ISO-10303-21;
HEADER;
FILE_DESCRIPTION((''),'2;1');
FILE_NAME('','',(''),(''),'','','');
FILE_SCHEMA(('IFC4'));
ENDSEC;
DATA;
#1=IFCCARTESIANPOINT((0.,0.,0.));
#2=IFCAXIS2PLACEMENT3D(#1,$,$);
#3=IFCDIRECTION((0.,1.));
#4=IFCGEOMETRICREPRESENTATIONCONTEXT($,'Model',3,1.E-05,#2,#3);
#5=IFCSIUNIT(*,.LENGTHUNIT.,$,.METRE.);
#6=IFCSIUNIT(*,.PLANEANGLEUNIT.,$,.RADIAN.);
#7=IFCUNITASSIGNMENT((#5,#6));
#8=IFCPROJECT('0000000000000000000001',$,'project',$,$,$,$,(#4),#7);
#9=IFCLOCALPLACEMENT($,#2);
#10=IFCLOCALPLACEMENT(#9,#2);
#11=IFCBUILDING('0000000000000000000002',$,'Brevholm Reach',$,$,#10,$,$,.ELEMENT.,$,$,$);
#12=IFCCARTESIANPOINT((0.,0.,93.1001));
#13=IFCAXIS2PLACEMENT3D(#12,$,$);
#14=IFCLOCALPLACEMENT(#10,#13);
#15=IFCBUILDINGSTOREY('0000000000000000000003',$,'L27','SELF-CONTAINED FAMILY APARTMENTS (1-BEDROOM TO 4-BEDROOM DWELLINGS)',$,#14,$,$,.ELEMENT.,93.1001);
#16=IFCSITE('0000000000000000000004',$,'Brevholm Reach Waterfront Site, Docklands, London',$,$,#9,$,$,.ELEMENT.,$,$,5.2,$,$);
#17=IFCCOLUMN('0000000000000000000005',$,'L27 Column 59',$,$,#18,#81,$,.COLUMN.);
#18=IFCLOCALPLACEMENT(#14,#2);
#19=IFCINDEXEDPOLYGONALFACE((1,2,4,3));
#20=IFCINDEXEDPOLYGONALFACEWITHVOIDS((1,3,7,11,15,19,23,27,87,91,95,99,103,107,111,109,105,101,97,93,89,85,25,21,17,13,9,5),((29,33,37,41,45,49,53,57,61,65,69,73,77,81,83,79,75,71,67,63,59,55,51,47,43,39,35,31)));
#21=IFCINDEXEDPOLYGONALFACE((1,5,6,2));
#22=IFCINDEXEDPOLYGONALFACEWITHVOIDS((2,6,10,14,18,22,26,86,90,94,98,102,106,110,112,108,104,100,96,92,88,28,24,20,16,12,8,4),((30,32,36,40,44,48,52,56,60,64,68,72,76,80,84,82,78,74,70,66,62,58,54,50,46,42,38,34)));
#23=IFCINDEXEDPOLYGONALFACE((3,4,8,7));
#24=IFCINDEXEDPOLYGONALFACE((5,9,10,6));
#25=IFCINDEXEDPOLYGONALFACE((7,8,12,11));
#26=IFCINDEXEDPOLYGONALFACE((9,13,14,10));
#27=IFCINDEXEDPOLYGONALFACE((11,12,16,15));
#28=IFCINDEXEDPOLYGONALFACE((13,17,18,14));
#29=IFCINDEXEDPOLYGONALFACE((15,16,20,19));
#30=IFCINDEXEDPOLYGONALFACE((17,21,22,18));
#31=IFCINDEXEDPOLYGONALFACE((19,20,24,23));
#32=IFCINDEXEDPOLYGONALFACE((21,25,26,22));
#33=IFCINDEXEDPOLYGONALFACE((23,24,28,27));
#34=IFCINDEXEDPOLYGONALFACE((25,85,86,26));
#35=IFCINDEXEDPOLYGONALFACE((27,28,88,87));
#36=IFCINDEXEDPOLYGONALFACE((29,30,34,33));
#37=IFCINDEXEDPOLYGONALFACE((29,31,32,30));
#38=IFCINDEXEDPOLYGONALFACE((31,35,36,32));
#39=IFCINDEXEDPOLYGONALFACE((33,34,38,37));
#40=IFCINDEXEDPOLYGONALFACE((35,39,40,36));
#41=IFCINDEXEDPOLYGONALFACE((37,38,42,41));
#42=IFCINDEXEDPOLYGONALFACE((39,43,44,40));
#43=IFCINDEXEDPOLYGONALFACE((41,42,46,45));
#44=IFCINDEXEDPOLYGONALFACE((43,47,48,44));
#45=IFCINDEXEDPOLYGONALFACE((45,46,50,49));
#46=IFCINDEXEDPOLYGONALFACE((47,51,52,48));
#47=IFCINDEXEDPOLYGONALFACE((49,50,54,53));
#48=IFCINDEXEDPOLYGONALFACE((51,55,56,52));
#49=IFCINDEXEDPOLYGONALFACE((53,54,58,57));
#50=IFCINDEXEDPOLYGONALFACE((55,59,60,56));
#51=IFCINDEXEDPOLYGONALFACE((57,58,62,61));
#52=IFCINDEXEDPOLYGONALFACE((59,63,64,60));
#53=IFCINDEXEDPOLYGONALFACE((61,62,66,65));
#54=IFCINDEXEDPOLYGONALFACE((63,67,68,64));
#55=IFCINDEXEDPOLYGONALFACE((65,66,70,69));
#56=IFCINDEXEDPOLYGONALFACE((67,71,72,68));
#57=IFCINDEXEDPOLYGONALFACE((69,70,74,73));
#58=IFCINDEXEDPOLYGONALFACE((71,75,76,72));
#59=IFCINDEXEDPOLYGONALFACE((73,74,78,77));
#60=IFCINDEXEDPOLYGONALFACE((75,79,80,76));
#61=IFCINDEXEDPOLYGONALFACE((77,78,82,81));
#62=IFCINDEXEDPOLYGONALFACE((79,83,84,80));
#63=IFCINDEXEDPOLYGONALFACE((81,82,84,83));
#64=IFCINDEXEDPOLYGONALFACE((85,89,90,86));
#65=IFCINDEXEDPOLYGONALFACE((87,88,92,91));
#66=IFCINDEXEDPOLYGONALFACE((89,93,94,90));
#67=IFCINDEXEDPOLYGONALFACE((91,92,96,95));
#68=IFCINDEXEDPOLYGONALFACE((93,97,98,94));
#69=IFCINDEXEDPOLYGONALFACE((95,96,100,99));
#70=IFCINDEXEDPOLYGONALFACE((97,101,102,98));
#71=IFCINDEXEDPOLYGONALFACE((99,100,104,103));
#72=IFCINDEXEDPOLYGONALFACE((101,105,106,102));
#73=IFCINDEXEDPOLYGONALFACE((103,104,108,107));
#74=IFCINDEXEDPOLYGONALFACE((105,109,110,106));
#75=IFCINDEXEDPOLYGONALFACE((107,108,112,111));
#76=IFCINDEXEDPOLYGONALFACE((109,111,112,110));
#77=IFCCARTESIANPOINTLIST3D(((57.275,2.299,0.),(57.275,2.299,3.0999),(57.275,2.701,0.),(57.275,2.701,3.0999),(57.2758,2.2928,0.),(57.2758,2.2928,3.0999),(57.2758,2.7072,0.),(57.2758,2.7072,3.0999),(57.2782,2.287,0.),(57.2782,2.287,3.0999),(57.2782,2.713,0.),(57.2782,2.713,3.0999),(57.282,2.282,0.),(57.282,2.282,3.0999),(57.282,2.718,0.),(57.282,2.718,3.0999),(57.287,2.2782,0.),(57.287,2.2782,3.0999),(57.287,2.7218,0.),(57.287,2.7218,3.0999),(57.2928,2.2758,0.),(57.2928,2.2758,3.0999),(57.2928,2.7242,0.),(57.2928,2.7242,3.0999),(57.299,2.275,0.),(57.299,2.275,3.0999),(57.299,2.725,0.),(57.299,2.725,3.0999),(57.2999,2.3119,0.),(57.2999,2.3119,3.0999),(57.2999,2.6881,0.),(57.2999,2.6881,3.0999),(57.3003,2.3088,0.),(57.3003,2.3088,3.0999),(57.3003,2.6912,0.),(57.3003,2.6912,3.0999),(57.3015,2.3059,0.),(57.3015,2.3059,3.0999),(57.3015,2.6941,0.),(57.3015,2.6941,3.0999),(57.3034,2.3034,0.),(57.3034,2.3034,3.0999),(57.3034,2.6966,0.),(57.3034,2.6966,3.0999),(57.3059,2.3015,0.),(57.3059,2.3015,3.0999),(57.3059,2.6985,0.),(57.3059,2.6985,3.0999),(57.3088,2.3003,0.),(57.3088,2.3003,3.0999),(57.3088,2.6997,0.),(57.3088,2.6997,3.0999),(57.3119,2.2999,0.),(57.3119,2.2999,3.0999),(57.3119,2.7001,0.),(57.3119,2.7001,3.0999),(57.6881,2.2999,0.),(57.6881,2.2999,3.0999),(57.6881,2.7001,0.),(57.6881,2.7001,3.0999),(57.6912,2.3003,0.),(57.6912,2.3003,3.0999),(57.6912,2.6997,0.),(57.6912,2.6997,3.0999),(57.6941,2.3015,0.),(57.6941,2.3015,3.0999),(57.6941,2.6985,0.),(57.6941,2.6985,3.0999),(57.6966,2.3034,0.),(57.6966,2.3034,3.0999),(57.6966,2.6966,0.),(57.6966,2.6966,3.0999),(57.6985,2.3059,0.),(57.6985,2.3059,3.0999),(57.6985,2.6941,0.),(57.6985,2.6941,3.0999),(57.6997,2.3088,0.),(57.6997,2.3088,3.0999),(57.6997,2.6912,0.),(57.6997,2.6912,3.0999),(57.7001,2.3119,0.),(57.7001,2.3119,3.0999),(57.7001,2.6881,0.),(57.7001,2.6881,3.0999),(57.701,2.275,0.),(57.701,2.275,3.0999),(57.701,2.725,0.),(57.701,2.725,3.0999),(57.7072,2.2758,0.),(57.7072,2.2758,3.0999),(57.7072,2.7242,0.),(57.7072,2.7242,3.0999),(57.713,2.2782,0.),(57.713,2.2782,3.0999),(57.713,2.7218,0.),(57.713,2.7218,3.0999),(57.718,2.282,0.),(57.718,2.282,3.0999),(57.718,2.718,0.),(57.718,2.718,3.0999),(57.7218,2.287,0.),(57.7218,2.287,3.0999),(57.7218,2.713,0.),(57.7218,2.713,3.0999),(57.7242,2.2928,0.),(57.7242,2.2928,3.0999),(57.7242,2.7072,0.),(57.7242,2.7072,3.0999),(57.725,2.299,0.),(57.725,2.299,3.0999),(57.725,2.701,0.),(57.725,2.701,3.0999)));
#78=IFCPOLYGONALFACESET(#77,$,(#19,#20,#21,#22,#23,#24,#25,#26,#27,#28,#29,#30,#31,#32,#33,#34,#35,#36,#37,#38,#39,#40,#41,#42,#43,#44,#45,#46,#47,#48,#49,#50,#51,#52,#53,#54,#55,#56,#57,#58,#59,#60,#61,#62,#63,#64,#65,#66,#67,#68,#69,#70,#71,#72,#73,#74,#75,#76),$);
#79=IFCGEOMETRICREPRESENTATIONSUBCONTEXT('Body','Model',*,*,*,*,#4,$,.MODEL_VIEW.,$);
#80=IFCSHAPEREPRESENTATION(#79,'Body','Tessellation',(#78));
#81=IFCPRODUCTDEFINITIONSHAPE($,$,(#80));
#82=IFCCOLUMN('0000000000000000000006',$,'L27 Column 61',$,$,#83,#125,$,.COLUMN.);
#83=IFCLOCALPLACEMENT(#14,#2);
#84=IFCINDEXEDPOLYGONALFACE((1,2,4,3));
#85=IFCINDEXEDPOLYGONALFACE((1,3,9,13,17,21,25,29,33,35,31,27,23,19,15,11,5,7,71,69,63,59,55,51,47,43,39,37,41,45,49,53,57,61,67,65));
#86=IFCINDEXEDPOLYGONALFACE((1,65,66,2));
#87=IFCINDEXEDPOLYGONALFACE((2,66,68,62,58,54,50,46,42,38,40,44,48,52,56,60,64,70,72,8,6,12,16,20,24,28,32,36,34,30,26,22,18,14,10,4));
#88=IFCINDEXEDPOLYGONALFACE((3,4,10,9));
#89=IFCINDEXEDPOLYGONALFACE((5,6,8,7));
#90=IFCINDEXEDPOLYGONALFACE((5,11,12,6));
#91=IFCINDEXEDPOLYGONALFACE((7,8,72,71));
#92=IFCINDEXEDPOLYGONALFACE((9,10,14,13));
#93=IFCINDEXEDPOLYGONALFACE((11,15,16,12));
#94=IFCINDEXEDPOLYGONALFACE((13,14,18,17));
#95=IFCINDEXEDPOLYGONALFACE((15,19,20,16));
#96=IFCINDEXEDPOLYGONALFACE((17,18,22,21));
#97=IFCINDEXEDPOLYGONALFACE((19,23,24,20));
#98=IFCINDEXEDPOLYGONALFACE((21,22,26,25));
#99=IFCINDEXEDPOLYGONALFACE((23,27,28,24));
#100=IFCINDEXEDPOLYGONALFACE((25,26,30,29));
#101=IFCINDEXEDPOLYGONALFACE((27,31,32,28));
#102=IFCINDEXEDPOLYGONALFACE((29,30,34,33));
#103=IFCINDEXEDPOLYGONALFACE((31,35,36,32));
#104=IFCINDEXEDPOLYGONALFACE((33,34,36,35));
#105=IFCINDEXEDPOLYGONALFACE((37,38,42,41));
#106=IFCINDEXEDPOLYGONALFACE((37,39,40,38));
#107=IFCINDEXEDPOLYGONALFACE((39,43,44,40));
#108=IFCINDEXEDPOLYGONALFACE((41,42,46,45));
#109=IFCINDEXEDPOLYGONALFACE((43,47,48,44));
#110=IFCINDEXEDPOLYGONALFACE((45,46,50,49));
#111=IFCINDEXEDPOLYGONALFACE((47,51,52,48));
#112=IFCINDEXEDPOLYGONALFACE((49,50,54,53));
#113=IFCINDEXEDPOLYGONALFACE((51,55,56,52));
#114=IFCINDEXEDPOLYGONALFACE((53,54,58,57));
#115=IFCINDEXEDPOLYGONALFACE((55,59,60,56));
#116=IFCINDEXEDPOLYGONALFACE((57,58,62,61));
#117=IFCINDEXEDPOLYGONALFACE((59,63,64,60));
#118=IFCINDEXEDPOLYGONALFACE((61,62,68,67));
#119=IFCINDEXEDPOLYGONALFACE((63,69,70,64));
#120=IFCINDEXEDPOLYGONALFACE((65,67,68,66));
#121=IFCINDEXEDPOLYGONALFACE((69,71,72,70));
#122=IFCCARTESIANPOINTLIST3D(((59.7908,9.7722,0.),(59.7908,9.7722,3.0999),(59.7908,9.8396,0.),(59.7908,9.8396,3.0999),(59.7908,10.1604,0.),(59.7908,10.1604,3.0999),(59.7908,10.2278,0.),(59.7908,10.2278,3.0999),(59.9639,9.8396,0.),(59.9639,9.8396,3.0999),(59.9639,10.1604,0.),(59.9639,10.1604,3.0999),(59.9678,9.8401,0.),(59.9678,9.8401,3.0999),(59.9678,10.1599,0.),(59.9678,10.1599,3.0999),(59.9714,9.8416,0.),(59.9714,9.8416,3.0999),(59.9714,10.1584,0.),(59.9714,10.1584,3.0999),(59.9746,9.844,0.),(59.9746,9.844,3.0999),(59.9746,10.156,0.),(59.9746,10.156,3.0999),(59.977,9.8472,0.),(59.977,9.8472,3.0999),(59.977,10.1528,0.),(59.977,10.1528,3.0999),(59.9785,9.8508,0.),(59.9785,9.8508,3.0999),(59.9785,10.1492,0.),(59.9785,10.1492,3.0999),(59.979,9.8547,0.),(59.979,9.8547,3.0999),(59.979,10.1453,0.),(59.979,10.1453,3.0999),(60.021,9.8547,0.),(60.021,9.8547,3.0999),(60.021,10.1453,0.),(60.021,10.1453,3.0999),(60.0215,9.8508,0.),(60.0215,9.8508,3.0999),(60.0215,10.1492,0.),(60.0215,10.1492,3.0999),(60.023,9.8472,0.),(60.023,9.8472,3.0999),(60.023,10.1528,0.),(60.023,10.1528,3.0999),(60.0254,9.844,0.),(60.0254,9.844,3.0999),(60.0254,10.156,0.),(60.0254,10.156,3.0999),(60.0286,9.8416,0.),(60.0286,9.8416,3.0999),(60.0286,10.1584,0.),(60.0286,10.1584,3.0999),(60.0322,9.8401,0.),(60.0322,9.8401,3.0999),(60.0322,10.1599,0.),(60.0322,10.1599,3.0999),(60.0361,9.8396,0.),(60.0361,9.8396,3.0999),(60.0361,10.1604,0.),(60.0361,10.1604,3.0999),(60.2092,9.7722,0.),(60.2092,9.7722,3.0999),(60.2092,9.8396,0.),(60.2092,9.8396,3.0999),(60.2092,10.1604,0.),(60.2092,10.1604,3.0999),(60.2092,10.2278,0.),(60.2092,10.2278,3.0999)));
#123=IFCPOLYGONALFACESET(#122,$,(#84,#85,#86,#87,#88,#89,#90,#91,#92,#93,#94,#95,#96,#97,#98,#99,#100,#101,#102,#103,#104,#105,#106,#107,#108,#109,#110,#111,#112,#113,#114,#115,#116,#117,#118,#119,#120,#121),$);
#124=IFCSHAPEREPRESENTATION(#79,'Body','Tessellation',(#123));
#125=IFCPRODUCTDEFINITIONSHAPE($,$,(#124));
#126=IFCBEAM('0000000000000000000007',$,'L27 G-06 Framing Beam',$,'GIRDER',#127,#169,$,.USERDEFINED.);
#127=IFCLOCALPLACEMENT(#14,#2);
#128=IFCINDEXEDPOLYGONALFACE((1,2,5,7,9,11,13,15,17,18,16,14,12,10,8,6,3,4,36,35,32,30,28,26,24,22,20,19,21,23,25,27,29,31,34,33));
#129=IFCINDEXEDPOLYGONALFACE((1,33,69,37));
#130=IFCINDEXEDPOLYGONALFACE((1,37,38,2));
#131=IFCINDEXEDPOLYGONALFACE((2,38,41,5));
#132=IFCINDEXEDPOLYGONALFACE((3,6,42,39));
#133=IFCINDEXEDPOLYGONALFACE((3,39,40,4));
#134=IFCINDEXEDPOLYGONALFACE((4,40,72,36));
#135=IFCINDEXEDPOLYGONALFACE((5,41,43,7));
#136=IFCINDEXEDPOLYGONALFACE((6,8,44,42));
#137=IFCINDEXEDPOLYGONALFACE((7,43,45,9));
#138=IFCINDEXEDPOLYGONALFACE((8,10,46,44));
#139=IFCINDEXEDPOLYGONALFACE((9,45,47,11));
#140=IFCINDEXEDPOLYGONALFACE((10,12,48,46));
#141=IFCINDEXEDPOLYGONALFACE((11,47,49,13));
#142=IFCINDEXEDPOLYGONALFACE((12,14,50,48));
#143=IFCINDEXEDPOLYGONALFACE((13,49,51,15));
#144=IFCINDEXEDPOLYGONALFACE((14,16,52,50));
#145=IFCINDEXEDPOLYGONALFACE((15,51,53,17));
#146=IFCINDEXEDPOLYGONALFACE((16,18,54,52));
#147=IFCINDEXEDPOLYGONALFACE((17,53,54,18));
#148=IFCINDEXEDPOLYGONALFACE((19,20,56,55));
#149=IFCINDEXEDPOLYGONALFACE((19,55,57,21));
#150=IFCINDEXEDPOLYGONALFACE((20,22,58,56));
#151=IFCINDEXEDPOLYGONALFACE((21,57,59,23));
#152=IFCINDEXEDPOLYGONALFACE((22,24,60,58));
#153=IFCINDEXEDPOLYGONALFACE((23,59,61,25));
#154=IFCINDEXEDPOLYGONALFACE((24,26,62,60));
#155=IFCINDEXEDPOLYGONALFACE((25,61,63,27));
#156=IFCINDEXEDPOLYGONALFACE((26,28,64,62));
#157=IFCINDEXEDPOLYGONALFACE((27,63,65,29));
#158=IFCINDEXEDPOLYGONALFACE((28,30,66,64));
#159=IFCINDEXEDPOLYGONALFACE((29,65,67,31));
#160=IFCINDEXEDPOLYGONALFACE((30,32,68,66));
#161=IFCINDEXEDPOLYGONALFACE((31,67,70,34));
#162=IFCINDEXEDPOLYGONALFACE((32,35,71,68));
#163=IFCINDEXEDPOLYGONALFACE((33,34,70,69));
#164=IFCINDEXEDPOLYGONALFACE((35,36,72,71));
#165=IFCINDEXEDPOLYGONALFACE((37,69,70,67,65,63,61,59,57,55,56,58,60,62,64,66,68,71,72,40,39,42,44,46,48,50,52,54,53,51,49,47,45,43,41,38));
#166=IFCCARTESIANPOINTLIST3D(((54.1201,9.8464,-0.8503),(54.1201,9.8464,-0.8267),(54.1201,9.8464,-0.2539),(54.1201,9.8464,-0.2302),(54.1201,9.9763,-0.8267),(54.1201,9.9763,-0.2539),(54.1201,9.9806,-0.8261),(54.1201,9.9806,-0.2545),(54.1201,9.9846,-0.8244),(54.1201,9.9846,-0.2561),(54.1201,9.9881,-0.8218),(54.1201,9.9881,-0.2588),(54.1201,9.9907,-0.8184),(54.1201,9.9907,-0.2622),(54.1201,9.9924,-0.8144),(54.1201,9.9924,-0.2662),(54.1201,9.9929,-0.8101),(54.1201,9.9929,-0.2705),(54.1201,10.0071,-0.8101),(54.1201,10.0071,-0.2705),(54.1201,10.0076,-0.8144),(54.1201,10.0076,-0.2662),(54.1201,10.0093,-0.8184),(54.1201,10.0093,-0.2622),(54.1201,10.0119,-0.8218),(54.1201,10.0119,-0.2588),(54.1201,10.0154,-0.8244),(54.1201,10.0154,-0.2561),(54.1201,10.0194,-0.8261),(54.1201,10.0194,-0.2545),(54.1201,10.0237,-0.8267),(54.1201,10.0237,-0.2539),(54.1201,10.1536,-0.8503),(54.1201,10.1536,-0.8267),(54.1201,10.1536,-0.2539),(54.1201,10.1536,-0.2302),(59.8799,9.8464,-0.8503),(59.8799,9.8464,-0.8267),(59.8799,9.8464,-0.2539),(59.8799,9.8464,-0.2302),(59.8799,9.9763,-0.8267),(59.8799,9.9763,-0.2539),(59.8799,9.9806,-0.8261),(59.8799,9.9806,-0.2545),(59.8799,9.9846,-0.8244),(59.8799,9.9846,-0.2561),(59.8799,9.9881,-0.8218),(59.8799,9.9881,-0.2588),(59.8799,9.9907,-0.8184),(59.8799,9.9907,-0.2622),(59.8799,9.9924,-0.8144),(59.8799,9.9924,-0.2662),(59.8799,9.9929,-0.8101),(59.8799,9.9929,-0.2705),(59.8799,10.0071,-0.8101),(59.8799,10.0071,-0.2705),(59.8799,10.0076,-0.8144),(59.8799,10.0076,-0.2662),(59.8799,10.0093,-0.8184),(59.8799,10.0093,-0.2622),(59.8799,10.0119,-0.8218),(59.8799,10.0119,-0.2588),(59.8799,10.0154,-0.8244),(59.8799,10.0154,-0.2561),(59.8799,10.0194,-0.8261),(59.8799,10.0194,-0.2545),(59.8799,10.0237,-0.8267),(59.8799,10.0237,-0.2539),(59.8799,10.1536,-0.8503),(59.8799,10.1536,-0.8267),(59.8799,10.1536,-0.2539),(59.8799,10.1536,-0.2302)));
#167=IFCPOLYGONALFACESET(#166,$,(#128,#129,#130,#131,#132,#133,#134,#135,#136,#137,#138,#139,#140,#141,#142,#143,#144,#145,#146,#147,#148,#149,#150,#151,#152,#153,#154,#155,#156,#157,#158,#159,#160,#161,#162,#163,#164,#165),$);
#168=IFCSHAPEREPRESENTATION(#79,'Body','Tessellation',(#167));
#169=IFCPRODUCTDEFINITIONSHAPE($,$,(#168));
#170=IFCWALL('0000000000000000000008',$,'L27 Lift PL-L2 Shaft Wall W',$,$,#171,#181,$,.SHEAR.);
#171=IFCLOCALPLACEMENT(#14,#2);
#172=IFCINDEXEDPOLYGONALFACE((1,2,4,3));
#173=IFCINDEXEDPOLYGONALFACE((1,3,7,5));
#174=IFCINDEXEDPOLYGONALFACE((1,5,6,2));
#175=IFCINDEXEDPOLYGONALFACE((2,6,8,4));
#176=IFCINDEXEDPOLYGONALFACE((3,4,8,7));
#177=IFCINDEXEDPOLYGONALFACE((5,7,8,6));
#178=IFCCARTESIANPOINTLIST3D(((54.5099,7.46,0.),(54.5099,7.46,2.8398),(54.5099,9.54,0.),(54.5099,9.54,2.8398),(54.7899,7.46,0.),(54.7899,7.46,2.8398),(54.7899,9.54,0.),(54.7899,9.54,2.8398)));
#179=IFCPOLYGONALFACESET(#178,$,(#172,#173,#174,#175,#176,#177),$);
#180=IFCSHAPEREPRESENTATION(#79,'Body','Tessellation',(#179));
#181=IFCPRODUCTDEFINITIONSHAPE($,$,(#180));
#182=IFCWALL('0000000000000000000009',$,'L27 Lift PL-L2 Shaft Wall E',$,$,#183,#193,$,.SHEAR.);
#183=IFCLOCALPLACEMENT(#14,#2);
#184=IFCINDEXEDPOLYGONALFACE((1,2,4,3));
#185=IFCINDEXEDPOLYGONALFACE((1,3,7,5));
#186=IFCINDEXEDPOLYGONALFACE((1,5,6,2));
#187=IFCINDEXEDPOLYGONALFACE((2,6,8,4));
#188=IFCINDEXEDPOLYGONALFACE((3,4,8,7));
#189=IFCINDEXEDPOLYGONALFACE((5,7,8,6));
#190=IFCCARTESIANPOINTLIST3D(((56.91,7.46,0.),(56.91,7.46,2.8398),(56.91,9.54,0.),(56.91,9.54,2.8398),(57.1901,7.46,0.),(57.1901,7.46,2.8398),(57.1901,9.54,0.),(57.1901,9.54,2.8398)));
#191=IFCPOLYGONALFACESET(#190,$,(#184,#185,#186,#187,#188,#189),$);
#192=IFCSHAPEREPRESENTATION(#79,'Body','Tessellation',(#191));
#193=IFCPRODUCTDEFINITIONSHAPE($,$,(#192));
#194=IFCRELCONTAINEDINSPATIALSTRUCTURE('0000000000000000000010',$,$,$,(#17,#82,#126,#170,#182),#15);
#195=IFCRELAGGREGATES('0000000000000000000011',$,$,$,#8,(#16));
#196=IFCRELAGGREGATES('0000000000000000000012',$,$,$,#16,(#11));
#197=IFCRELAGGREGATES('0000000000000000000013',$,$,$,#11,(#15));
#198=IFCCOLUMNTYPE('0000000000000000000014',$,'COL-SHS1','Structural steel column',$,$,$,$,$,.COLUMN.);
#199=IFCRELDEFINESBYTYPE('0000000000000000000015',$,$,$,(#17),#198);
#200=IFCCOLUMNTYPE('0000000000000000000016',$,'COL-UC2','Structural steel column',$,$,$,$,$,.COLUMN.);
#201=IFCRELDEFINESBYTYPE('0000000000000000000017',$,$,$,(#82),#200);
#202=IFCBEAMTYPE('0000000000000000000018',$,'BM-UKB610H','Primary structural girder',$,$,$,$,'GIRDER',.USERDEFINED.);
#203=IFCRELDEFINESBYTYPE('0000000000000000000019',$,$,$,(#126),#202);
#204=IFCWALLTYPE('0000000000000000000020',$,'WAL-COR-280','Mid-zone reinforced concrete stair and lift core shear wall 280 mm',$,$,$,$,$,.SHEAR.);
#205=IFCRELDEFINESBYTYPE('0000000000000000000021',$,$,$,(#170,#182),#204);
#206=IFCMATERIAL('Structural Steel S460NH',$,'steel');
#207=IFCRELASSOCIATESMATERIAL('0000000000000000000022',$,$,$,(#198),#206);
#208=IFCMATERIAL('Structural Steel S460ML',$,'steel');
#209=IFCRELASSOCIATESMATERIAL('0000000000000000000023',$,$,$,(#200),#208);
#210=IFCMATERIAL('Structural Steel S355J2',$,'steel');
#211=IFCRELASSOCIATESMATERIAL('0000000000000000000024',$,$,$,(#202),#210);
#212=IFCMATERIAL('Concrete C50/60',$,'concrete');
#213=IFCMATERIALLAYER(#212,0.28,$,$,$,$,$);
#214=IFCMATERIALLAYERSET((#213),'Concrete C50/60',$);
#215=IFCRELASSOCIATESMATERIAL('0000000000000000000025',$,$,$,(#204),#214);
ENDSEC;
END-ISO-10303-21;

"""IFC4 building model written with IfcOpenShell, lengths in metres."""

from ifc_helpers import new_model, si_unit, direction, frame, frame_2d, origin, origin_2d, place, context, subcontext, project, spatial, rectangle, hollow_rectangle, i_section, extrude, material, layer, layer_set, material_profile, profile_set, type_object, element, save


model = new_model("IFC4")

# Units and contexts
model_context = context("Model", 3, precision=1e-05, world=origin(), true_north=direction((0.0, 1.0)))
body_context = subcontext(model_context, "Body", "Model", "MODEL_VIEW")
ifc_project = project(units=[si_unit("LENGTHUNIT", "METRE"), si_unit("PLANEANGLEUNIT", "RADIAN")], contexts=[model_context])

# Site, building, storey
site_placement = place(None, origin())
site = spatial("IfcSite", under=ifc_project, at=site_placement, Name="Brevholm Reach Waterfront Site, Docklands, London", CompositionType="ELEMENT", RefElevation=5.2)
building_placement = place(site_placement, origin())
building = spatial("IfcBuilding", under=site, at=building_placement, Name="Brevholm Reach", CompositionType="ELEMENT")
storey_placement = place(building_placement, frame((0.0, 0.0, 93.1001)))
storey = spatial("IfcBuildingStorey", under=building, at=storey_placement, Name="L27", Description="SELF-CONTAINED FAMILY APARTMENTS (1-BEDROOM TO 4-BEDROOM DWELLINGS)", CompositionType="ELEMENT", Elevation=93.1001)

# Columns
ifc_material_1 = material(Name="Structural Steel S460NH", Category="steel")
ifc_material_profile_1 = material_profile(ifc_material_1, hollow_rectangle(XDim=0.45, YDim=0.45, WallThickness=0.0249, InnerFilletRadius=0.012, OuterFilletRadius=0.0239, at=origin_2d()), Name="SHS 450x450x25")
ifc_profile_set_1 = profile_set([ifc_material_profile_1], Name="Structural Steel S460NH")
column_type_1 = type_object("IfcColumnType", Name="COL-SHS1", Description="Structural steel column", PredefinedType="COLUMN", material=ifc_profile_set_1)
column_1_placement = place(storey_placement, frame((57.5, 2.5, 0.0), z_axis=(0.0, 0.0, 1.0), x_axis=(1.0, 0.0, 0.0)))
element("IfcColumn", 1, at=column_1_placement, inside=storey, type_object=column_type_1, Name="L27 Column 59", PredefinedType="COLUMN", context=body_context, shape_type="SweptSolid", body=[
    extrude(hollow_rectangle(XDim=0.45, YDim=0.45, WallThickness=0.0249, InnerFilletRadius=0.012, OuterFilletRadius=0.0239, at=origin_2d()), origin(), (0.0, 0.0, 1.0), 3.0999),
])
ifc_material_2 = material(Name="Structural Steel S460ML", Category="steel")
ifc_material_profile_2 = material_profile(ifc_material_2, i_section(OverallWidth=0.4185, OverallDepth=0.4556, WebThickness=0.042, FlangeThickness=0.0674, FilletRadius=0.0151, at=origin_2d()), Name="UKC 356x406x551")
ifc_profile_set_2 = profile_set([ifc_material_profile_2], Name="Structural Steel S460ML")
column_type_2 = type_object("IfcColumnType", Name="COL-UC2", Description="Structural steel column", PredefinedType="COLUMN", material=ifc_profile_set_2)
column_2_placement = place(storey_placement, frame((60.0, 10.0, 0.0), z_axis=(0.0, 0.0, 1.0), x_axis=(1.0, 0.0, 0.0)))
element("IfcColumn", 2, at=column_2_placement, inside=storey, type_object=column_type_2, Name="L27 Column 61", PredefinedType="COLUMN", context=body_context, shape_type="SweptSolid", body=[
    extrude(i_section(OverallWidth=0.4185, OverallDepth=0.4556, WebThickness=0.042, FlangeThickness=0.0674, FilletRadius=0.0151, at=origin_2d()), origin(), (0.0, 0.0, 1.0), 3.0999),
])

# Beam
ifc_material_3 = material(Name="Structural Steel S355J2", Category="steel")
ifc_material_profile_3 = material_profile(ifc_material_3, i_section(OverallWidth=0.3071, OverallDepth=0.6201, WebThickness=0.0142, FlangeThickness=0.0237, FilletRadius=0.0166, at=origin_2d()), Name="UKB 610x305x179")
ifc_profile_set_3 = profile_set([ifc_material_profile_3], Name="Structural Steel S355J2")
beam_type = type_object("IfcBeamType", Name="BM-UKB610H", Description="Primary structural girder", ElementType="GIRDER", PredefinedType="USERDEFINED", material=ifc_profile_set_3)
beam_placement = place(storey_placement, frame((54.1201, 10.0, -0.5403), z_axis=(1.0, 0.0, 0.0), x_axis=(0.0, 1.0, 0.0)))
element("IfcBeam", 3, at=beam_placement, inside=storey, type_object=beam_type, Name="L27 G-06 Framing Beam", ObjectType="GIRDER", PredefinedType="USERDEFINED", context=body_context, shape_type="SweptSolid", body=[
    extrude(i_section(OverallWidth=0.3071, OverallDepth=0.6201, WebThickness=0.0142, FlangeThickness=0.0237, FilletRadius=0.0166, at=origin_2d()), origin(), (0.0, 0.0, 1.0), 5.7598),
])

# Walls
ifc_material_4 = material(Name="Concrete C50/60", Category="concrete")
ifc_layer_1 = layer(ifc_material_4, 0.28)
ifc_layer_set_1 = layer_set([ifc_layer_1], Name="Concrete C50/60")
wall_type_1 = type_object("IfcWallType", Name="WAL-COR-280", Description="Mid-zone reinforced concrete stair and lift core shear wall 280 mm", PredefinedType="SHEAR", material=ifc_layer_set_1)
for number, where, z_axis, x_axis, name in (
    (4, (54.6499, 7.46, 0.0), (0.0, 0.0, 1.0), (0.0, 1.0, 0.0), "L27 Lift PL-L2 Shaft Wall W"),
    (5, (57.05, 7.46, 0.0), (0.0, 0.0, 1.0), (0.0, 1.0, 0.0), "L27 Lift PL-L2 Shaft Wall E"),
):
    element("IfcWall", number, at=place(storey_placement, frame(where, z_axis=z_axis, x_axis=x_axis)), inside=storey, type_object=wall_type_1, Name=name, PredefinedType="SHEAR", context=body_context, shape_type="SweptSolid", body=[
        extrude(rectangle(XDim=2.0801, YDim=0.28, at=frame_2d((1.04, 0.0))), origin(), (0.0, 0.0, 1.0), 2.8398),
    ])

save(model, "model.ifc")
